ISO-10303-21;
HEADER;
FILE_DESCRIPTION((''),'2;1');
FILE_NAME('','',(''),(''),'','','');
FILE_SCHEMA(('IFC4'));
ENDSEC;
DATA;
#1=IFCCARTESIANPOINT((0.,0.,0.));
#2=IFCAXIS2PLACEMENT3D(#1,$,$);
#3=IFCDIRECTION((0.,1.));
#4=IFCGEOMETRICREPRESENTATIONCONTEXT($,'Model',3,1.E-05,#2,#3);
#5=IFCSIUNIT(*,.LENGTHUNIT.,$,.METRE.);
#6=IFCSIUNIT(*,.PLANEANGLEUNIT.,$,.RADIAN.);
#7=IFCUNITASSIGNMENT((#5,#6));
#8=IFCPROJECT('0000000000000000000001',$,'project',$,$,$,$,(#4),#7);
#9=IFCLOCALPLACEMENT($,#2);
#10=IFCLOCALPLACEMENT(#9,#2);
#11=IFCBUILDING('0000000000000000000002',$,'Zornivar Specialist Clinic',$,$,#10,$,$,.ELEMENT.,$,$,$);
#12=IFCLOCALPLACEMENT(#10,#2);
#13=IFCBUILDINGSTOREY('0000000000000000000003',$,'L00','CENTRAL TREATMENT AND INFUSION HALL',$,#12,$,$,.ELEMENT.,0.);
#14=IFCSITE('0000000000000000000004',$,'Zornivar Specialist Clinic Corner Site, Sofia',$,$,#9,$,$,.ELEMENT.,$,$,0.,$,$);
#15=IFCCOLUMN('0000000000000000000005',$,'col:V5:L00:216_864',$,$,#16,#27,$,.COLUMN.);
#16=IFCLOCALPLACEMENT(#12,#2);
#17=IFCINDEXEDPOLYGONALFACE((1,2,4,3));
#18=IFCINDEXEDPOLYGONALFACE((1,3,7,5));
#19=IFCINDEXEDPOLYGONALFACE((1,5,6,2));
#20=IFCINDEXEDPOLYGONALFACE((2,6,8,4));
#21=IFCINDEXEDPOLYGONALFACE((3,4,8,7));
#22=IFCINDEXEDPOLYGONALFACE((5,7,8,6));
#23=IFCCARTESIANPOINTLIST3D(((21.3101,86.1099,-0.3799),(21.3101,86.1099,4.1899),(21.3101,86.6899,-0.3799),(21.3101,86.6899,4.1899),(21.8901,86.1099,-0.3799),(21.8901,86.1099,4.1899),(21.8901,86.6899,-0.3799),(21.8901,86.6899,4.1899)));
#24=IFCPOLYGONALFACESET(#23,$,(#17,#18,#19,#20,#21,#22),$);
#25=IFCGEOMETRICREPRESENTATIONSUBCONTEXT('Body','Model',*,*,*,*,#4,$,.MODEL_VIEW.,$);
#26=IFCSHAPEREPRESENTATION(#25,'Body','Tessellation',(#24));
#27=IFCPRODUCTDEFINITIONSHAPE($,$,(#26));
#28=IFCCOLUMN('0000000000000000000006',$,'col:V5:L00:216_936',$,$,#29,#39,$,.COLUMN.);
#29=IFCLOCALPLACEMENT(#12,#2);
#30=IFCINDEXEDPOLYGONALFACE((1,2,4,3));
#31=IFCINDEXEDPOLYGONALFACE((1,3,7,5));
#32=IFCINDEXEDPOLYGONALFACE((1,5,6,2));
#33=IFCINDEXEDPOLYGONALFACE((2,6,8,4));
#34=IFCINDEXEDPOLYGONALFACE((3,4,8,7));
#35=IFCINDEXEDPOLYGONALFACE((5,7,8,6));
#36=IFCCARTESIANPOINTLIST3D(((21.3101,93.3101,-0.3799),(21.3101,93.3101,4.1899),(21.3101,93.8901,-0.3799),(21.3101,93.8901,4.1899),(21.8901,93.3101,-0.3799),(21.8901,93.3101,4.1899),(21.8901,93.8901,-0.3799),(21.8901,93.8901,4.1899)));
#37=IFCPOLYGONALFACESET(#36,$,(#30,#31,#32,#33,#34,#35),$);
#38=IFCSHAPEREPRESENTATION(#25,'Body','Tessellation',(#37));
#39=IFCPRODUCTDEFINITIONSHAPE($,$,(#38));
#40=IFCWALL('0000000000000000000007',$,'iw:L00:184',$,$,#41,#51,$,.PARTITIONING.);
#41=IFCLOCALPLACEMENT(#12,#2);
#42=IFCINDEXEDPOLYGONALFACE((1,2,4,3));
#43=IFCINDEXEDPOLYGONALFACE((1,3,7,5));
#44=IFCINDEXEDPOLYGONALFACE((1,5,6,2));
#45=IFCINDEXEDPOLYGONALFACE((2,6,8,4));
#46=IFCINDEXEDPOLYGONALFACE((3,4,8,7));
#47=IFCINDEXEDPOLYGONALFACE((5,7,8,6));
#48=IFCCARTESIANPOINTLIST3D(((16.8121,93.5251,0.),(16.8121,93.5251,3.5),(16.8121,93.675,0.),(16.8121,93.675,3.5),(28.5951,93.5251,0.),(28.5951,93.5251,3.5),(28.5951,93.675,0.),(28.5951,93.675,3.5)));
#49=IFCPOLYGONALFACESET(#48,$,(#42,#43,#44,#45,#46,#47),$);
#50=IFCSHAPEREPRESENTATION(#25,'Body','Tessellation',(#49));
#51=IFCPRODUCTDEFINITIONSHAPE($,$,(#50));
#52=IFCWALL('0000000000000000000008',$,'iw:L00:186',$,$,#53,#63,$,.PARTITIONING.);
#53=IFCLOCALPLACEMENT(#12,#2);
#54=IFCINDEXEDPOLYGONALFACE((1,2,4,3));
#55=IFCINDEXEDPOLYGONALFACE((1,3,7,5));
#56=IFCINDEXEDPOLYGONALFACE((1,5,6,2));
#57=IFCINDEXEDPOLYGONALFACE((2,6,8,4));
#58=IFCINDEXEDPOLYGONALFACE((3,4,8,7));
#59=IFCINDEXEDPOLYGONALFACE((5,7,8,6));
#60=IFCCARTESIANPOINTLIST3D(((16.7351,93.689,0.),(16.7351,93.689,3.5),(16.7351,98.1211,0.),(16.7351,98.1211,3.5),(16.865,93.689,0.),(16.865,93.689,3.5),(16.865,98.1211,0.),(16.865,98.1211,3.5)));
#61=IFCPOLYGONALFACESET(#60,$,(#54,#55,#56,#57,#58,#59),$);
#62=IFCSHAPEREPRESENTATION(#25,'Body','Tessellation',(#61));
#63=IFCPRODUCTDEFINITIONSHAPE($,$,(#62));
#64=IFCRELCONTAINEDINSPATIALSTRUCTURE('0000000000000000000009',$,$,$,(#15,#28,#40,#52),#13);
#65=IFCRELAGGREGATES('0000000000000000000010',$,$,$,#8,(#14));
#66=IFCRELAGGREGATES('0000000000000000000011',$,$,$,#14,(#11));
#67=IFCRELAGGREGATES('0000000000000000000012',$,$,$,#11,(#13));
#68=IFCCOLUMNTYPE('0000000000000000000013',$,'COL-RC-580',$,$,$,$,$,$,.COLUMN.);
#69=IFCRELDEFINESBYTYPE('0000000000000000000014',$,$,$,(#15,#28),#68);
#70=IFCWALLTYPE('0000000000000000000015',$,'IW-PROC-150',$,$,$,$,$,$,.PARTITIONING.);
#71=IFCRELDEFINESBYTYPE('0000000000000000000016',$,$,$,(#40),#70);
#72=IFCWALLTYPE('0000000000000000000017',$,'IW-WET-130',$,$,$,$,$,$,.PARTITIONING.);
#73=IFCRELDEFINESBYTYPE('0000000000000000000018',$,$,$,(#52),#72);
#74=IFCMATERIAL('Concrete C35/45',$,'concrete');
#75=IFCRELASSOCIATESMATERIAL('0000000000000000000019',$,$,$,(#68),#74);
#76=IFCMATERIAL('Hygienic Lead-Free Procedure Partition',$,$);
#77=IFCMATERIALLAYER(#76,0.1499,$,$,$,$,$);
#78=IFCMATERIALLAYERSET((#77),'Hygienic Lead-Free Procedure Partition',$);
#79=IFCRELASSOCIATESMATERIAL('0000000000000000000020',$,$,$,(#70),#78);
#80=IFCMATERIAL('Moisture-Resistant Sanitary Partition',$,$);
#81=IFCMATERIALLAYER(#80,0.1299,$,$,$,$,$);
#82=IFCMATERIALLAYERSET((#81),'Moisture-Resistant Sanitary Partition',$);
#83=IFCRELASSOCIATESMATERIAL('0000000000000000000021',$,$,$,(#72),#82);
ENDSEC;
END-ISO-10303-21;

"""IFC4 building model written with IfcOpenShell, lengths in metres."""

from ifc_helpers import new_model, si_unit, direction, frame, frame_2d, origin, origin_2d, place, context, subcontext, project, spatial, rectangle, extrude, material, layer, layer_set, material_profile, profile_set, type_object, element, save


model = new_model("IFC4")

# Units and contexts
model_context = context("Model", 3, precision=1e-05, world=origin(), true_north=direction((0.0, 1.0)))
body_context = subcontext(model_context, "Body", "Model", "MODEL_VIEW")
ifc_project = project(units=[si_unit("LENGTHUNIT", "METRE"), si_unit("PLANEANGLEUNIT", "RADIAN")], contexts=[model_context])

# Site, building, storey
site_placement = place(None, origin())
site = spatial("IfcSite", under=ifc_project, at=site_placement, Name="Zornivar Specialist Clinic Corner Site, Sofia", CompositionType="ELEMENT", RefElevation=0.0)
building_placement = place(site_placement, origin())
building = spatial("IfcBuilding", under=site, at=building_placement, Name="Zornivar Specialist Clinic", CompositionType="ELEMENT")
storey_placement = place(building_placement, origin())
storey = spatial("IfcBuildingStorey", under=building, at=storey_placement, Name="L00", Description="CENTRAL TREATMENT AND INFUSION HALL", CompositionType="ELEMENT", Elevation=0.0)

# Columns
ifc_material_1 = material(Name="Concrete C35/45", Category="concrete")
ifc_material_profile_1 = material_profile(ifc_material_1, rectangle(XDim=0.5801, YDim=0.5801, at=origin_2d()), Name="RC 580x580")
ifc_profile_set_1 = profile_set([ifc_material_profile_1], Name="Concrete C35/45")
column_type = type_object("IfcColumnType", Name="COL-RC-580", PredefinedType="COLUMN", material=ifc_profile_set_1)
for number, where, z_axis, x_axis, name in (
    (1, (21.6001, 86.3999, -0.3799), (0.0, 0.0, 1.0), (1.0, 0.0, 0.0), "col:V5:L00:216_864"),
    (2, (21.6001, 93.6001, -0.3799), (0.0, 0.0, 1.0), (1.0, 0.0, 0.0), "col:V5:L00:216_936"),
):
    element("IfcColumn", number, at=place(storey_placement, frame(where, z_axis=z_axis, x_axis=x_axis)), inside=storey, type_object=column_type, Name=name, PredefinedType="COLUMN", context=body_context, shape_type="SweptSolid", body=[
        extrude(rectangle(XDim=0.5801, YDim=0.5801, at=origin_2d()), origin(), (0.0, 0.0, 1.0), 4.5698),
    ])

# Walls
ifc_material_2 = material(Name="Hygienic Lead-Free Procedure Partition")
ifc_layer_1 = layer(ifc_material_2, 0.1499)
ifc_layer_set_1 = layer_set([ifc_layer_1], Name="Hygienic Lead-Free Procedure Partition")
wall_type_1 = type_object("IfcWallType", Name="IW-PROC-150", PredefinedType="PARTITIONING", material=ifc_layer_set_1)
wall_1_placement = place(storey_placement, frame((16.812, 93.6001, 0.0), z_axis=(0.0, 0.0, 1.0), x_axis=(1.0, 0.0, 0.0)))
element("IfcWall", 3, at=wall_1_placement, inside=storey, type_object=wall_type_1, Name="iw:L00:184", PredefinedType="PARTITIONING", context=body_context, shape_type="SweptSolid", body=[
    extrude(rectangle(XDim=11.783, YDim=0.1499, at=frame_2d((5.8916, 0.0))), origin(), (0.0, 0.0, 1.0), 3.5),
])
ifc_material_3 = material(Name="Moisture-Resistant Sanitary Partition")
ifc_layer_2 = layer(ifc_material_3, 0.1299)
ifc_layer_set_2 = layer_set([ifc_layer_2], Name="Moisture-Resistant Sanitary Partition")
wall_type_2 = type_object("IfcWallType", Name="IW-WET-130", PredefinedType="PARTITIONING", material=ifc_layer_set_2)
wall_2_placement = place(storey_placement, frame((16.8, 98.1211, 0.0), z_axis=(0.0, 0.0, 1.0), x_axis=(0.0, -1.0, 0.0)))
element("IfcWall", 4, at=wall_2_placement, inside=storey, type_object=wall_type_2, Name="iw:L00:186", PredefinedType="PARTITIONING", context=body_context, shape_type="SweptSolid", body=[
    extrude(rectangle(XDim=4.4321, YDim=0.1299, at=frame_2d((2.2161, 0.0))), origin(), (0.0, 0.0, 1.0), 3.5),
])

save(model, "model.ifc")
